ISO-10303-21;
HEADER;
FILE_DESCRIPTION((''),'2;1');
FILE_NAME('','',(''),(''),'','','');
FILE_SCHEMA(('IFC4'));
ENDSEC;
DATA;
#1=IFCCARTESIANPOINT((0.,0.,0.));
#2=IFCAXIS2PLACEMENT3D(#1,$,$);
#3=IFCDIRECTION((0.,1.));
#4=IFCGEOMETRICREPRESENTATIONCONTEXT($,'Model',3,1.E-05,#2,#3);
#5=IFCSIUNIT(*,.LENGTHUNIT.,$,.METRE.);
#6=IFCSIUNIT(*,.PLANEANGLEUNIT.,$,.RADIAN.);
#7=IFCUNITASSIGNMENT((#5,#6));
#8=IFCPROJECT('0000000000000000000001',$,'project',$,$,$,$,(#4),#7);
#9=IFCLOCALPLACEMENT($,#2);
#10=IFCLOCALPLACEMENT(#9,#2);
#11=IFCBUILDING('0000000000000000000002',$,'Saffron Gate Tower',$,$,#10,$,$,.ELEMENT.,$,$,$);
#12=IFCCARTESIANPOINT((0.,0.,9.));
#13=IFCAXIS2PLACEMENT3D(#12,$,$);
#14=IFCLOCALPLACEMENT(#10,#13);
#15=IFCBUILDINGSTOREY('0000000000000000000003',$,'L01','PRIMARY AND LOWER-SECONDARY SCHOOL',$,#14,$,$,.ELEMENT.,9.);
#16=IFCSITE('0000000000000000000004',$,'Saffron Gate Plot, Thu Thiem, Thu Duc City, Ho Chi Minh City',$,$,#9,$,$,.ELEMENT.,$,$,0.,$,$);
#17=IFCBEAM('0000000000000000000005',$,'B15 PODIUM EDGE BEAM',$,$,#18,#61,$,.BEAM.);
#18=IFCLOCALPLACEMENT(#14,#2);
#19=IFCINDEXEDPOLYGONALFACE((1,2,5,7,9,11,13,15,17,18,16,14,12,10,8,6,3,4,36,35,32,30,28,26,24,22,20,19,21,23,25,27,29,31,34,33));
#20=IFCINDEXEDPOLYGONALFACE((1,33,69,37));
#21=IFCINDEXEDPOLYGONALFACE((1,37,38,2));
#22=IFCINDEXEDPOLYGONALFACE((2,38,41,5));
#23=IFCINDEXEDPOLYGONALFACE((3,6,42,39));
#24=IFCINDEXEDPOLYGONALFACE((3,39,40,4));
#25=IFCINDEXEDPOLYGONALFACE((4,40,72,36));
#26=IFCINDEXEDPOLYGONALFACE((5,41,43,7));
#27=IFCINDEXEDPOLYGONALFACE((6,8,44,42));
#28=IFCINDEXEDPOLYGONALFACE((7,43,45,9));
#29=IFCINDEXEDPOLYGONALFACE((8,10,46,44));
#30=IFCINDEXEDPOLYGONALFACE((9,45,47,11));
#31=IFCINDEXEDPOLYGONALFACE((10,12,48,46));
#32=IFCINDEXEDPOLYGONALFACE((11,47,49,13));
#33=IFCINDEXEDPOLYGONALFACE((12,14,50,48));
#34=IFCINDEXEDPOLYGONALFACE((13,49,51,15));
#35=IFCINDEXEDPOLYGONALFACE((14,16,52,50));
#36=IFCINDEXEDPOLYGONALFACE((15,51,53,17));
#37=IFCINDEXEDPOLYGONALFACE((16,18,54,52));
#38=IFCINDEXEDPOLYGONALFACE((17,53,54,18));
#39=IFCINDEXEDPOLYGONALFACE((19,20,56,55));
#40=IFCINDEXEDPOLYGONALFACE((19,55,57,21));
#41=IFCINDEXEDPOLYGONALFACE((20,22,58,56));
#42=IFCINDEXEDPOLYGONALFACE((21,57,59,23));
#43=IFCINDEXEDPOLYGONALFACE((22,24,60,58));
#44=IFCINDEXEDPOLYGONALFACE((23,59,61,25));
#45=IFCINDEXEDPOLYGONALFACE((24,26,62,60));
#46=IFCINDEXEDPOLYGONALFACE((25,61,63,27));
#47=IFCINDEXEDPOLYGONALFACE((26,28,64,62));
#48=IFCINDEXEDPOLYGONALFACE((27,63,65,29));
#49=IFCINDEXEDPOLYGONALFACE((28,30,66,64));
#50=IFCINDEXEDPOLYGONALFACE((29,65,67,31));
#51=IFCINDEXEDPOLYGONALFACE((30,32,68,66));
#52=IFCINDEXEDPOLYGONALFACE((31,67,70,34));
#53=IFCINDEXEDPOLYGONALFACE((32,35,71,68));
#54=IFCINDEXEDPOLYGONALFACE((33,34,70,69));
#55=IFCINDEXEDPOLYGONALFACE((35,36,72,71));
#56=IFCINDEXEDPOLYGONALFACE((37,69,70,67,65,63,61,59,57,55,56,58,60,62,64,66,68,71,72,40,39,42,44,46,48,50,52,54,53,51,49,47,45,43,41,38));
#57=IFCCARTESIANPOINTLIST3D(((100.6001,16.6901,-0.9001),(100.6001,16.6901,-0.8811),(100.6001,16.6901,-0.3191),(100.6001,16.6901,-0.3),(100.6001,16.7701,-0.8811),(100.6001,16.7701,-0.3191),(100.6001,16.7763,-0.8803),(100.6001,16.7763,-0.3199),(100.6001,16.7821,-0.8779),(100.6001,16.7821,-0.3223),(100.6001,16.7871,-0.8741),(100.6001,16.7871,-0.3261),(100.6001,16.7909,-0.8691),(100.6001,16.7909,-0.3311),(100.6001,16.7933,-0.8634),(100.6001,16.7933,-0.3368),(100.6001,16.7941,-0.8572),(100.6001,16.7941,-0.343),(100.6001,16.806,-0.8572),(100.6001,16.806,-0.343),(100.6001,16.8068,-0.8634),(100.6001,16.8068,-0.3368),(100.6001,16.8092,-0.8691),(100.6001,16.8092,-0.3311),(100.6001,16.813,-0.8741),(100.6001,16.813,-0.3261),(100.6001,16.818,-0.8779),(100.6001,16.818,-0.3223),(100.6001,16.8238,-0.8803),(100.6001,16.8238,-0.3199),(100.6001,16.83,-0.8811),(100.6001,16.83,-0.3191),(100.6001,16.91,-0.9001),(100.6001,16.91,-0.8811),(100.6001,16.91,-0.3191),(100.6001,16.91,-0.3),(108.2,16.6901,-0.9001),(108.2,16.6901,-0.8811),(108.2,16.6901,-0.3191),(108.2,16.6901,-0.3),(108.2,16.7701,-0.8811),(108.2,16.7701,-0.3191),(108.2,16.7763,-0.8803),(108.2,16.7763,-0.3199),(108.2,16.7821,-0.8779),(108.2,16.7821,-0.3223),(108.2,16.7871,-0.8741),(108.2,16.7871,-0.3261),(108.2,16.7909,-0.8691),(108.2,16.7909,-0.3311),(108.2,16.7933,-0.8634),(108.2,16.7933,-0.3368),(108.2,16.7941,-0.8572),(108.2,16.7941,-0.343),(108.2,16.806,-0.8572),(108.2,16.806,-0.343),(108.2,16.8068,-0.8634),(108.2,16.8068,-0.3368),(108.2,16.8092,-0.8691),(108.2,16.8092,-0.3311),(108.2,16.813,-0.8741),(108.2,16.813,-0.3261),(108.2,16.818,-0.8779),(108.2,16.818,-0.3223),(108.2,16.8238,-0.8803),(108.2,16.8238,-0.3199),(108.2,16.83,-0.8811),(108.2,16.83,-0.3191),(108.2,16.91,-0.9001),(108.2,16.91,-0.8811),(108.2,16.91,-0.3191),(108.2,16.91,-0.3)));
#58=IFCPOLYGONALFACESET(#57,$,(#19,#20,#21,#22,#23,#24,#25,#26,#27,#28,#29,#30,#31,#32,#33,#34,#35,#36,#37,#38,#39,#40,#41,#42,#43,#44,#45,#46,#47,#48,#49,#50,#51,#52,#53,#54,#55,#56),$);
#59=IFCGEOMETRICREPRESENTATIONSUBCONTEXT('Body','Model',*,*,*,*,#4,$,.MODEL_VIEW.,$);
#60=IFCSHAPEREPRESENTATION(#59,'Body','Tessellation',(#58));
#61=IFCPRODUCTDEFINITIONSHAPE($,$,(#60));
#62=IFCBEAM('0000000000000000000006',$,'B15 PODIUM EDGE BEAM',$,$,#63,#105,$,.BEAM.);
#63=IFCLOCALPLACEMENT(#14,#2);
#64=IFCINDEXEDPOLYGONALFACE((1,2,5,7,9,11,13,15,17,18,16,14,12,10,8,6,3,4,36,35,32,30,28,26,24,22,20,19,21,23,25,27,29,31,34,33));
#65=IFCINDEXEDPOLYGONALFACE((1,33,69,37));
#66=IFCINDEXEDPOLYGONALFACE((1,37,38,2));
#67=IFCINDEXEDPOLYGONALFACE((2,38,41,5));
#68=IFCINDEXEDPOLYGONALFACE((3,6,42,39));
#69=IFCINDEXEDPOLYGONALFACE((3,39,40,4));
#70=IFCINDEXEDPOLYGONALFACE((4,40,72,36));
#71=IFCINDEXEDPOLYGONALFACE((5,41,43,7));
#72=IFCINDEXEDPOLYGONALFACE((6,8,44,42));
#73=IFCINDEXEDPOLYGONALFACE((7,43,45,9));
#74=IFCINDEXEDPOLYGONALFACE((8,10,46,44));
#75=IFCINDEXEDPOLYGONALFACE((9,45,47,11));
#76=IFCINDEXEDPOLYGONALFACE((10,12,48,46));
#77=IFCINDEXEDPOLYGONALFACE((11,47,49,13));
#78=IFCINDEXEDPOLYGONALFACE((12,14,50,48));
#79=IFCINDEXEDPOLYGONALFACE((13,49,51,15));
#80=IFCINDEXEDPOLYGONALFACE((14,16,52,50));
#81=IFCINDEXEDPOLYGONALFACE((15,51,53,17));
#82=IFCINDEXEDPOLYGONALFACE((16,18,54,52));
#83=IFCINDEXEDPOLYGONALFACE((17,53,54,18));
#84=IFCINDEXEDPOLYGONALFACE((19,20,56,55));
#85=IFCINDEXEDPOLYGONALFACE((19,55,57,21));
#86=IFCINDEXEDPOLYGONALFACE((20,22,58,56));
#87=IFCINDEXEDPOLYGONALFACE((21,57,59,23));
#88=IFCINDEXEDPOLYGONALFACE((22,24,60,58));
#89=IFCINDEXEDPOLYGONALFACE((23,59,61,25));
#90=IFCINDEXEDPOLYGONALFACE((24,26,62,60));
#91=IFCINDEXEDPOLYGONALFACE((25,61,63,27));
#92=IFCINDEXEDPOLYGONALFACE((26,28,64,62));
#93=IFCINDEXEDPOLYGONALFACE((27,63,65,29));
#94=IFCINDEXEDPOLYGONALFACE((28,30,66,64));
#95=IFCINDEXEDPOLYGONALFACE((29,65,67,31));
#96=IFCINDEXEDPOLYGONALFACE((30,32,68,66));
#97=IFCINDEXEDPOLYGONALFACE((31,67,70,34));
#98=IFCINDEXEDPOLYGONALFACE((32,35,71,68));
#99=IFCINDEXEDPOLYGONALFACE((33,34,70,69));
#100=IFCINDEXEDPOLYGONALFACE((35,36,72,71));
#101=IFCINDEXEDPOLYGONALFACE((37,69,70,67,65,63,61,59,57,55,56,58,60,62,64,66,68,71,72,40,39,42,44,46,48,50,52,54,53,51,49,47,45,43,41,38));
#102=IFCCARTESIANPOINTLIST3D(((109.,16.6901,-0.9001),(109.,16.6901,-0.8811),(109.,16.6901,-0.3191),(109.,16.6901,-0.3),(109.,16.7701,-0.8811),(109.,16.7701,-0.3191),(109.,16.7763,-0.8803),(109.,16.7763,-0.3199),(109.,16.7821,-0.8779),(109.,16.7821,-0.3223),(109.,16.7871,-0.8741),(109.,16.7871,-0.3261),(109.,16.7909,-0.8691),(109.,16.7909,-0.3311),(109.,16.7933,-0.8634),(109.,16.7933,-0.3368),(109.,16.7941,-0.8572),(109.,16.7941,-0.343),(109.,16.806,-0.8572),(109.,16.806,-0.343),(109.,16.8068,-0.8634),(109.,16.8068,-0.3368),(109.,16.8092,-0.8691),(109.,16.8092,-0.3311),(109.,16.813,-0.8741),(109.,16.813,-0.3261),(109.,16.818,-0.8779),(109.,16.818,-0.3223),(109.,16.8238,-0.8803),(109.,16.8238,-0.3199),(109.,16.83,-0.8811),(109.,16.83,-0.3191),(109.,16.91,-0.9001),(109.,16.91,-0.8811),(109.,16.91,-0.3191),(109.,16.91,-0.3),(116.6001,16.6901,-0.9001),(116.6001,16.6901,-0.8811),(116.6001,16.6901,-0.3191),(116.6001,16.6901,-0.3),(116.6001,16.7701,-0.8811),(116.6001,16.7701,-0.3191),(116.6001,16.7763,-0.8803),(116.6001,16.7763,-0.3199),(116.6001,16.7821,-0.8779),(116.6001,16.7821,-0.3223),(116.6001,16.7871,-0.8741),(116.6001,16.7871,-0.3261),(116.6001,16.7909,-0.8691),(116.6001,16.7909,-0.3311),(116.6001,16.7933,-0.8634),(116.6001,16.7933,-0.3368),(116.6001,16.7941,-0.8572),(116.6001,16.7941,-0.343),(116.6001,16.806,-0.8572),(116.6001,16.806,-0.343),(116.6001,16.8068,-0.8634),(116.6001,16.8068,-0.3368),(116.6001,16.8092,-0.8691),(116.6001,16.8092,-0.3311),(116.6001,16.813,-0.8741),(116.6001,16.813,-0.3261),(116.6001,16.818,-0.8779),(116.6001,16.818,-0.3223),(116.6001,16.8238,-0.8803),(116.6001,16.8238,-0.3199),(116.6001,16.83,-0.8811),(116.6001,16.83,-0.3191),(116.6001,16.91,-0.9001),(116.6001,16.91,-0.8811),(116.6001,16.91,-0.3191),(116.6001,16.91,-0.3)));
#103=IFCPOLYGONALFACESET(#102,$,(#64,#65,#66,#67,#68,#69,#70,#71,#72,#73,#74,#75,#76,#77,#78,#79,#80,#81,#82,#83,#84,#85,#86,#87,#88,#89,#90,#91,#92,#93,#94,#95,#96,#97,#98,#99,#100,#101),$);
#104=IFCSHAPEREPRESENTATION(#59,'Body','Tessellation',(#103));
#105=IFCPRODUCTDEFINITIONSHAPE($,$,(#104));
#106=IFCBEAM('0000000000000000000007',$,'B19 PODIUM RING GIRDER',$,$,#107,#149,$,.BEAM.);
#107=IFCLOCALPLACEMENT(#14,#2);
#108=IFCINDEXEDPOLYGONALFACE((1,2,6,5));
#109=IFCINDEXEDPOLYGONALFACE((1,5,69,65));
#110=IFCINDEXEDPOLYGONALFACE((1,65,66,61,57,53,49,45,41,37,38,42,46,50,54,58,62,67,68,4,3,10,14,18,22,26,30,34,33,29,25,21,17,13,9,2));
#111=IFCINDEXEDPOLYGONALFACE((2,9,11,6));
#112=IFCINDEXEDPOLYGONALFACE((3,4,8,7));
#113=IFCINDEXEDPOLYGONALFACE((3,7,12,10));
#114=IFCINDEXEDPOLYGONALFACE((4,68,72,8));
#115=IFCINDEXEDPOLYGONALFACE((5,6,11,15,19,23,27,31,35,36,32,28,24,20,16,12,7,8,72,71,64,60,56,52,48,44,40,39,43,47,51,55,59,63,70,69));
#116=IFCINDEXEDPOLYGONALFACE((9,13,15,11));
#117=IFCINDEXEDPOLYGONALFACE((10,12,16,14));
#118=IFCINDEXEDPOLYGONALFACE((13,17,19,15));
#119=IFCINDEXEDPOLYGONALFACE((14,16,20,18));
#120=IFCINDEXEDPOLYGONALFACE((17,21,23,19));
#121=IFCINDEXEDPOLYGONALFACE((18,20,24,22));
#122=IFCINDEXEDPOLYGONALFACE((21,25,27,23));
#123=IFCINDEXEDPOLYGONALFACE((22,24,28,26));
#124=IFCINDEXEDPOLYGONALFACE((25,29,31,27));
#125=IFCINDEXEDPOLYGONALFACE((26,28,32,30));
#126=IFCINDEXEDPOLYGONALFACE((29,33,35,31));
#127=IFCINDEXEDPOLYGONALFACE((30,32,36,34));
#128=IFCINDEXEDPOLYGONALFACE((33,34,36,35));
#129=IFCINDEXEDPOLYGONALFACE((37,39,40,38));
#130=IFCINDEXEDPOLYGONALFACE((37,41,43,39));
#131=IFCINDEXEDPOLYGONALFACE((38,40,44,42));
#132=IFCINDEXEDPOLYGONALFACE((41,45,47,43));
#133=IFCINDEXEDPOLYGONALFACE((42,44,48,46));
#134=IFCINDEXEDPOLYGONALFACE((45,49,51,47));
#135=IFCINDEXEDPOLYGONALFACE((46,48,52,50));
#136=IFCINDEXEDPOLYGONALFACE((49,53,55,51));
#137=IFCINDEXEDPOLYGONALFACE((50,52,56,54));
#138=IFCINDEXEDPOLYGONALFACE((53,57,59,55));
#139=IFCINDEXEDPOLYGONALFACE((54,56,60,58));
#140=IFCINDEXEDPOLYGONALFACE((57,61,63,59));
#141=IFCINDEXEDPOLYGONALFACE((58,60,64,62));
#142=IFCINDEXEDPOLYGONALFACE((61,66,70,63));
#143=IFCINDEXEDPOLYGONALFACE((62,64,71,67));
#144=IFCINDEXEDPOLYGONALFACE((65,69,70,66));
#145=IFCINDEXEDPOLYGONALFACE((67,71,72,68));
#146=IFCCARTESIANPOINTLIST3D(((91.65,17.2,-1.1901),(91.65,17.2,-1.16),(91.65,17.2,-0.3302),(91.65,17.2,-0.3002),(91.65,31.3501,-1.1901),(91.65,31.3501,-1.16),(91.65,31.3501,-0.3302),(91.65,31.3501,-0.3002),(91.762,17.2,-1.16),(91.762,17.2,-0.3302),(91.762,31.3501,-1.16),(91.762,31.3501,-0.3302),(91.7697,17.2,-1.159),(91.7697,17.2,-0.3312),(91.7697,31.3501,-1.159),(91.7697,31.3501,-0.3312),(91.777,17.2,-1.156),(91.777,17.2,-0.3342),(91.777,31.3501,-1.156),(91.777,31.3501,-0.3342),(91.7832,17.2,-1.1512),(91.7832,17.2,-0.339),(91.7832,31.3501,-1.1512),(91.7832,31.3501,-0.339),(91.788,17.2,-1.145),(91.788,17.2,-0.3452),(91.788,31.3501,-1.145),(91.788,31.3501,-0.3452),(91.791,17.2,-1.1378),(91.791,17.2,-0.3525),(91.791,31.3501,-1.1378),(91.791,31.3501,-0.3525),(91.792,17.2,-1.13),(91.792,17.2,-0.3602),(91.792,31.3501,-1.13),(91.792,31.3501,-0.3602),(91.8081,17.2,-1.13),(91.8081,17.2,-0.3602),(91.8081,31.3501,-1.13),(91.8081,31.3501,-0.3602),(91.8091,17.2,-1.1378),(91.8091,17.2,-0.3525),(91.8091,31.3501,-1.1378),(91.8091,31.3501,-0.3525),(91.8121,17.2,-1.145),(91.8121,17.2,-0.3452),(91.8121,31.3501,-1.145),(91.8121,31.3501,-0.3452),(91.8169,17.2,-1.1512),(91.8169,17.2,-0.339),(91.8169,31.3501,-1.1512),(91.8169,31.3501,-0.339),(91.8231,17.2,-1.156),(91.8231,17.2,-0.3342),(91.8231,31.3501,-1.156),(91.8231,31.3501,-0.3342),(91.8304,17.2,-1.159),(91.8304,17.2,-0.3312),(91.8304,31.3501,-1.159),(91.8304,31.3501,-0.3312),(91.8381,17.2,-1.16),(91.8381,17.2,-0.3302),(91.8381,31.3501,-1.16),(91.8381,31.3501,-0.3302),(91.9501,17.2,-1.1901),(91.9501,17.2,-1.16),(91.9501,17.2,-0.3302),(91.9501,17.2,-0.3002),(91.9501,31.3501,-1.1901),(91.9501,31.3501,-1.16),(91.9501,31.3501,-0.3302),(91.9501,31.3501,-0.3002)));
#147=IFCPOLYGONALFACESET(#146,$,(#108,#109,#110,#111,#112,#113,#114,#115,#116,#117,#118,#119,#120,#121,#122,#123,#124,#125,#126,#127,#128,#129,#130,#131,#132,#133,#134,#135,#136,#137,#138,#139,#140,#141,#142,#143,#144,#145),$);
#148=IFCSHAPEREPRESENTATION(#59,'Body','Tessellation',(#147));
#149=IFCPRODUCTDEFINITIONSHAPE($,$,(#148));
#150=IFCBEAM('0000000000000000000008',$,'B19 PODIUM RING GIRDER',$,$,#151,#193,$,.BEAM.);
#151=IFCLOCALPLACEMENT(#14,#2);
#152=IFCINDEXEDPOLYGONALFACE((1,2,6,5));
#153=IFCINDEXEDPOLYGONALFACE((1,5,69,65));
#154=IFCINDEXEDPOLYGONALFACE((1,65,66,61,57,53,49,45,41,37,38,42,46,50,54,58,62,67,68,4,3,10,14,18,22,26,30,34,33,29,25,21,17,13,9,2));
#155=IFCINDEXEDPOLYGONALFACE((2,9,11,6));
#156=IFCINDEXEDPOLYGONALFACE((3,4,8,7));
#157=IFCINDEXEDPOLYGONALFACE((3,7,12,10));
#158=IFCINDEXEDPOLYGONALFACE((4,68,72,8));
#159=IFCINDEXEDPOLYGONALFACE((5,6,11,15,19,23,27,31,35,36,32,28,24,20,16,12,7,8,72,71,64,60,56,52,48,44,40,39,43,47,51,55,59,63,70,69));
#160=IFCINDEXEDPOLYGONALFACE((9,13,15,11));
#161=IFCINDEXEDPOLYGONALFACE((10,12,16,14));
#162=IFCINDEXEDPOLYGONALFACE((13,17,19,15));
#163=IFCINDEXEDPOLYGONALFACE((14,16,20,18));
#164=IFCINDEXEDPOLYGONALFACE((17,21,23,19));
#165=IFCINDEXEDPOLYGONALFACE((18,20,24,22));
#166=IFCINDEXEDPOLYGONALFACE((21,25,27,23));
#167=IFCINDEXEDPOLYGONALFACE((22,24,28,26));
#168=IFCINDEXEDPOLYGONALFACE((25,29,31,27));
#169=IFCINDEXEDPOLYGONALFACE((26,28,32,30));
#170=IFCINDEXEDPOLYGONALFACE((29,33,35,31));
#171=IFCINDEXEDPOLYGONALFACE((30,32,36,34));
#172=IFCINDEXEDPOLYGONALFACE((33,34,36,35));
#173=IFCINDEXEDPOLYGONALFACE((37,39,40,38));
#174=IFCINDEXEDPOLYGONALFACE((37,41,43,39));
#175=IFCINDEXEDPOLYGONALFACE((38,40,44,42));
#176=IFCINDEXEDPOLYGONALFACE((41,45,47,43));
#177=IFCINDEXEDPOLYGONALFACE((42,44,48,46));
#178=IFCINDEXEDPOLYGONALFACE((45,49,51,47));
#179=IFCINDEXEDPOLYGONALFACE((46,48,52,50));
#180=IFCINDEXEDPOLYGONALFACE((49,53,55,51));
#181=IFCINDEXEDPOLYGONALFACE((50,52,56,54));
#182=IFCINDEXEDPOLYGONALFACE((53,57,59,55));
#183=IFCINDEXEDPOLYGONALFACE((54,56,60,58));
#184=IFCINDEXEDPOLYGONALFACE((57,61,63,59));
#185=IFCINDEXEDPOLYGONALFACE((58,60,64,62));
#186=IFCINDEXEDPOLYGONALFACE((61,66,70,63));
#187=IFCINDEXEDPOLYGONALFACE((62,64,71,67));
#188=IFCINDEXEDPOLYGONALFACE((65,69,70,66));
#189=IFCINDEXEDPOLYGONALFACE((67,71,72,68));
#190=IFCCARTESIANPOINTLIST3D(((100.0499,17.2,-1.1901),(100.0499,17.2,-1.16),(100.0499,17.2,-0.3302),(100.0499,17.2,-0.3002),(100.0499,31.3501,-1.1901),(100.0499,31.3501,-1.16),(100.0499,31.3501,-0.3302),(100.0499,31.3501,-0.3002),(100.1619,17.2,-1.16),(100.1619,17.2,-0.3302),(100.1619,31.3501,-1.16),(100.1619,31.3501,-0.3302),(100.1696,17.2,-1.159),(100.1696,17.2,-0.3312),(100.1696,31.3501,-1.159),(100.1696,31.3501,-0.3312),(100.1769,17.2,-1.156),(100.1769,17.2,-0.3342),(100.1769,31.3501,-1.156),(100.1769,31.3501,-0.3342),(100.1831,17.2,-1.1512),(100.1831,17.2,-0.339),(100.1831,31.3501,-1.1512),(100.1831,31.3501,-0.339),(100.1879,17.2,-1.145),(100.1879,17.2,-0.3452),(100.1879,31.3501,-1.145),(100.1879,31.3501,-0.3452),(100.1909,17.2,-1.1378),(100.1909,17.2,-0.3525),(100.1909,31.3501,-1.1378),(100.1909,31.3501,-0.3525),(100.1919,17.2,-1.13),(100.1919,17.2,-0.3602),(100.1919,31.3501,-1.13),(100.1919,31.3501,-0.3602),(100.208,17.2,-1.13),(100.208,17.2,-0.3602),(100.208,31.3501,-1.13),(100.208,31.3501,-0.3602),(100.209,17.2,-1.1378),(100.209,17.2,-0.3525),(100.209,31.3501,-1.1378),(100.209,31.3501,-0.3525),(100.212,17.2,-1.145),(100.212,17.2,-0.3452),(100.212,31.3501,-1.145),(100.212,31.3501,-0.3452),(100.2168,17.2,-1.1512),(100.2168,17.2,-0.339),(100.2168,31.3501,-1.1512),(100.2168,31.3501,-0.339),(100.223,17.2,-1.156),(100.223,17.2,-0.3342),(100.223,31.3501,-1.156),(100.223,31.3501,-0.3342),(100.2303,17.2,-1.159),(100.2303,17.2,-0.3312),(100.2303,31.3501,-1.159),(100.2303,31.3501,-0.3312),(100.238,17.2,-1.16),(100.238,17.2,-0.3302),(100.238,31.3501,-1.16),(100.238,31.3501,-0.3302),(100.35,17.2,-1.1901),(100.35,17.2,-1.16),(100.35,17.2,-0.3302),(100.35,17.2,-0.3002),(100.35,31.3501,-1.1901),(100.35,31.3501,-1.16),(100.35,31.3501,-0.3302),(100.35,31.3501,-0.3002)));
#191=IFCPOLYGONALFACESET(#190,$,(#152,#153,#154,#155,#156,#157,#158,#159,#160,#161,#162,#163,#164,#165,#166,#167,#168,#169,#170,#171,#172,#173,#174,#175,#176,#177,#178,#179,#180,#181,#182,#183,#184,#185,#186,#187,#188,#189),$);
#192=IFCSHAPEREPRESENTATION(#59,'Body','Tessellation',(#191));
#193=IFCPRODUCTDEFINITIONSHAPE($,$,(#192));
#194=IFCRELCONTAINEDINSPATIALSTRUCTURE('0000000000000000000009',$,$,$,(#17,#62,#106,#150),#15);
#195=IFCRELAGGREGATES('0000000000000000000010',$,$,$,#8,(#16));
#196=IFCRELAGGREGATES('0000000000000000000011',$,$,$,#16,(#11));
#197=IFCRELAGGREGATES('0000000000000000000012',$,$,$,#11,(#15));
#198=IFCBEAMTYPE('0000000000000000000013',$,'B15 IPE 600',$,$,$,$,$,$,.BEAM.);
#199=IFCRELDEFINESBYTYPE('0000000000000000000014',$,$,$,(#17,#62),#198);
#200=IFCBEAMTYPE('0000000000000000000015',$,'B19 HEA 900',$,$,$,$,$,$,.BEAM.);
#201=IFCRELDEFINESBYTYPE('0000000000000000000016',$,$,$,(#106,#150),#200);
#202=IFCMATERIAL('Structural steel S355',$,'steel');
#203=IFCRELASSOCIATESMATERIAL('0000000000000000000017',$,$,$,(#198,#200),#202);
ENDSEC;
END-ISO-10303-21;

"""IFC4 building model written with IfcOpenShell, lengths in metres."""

from ifc_helpers import new_model, si_unit, direction, frame, origin, origin_2d, place, context, subcontext, project, spatial, i_section, extrude, material, material_profile, profile_set, type_object, element, save


model = new_model("IFC4")

# Units and contexts
model_context = context("Model", 3, precision=1e-05, world=origin(), true_north=direction((0.0, 1.0)))
body_context = subcontext(model_context, "Body", "Model", "MODEL_VIEW")
ifc_project = project(units=[si_unit("LENGTHUNIT", "METRE"), si_unit("PLANEANGLEUNIT", "RADIAN")], contexts=[model_context])

# Site, building, storey
site_placement = place(None, origin())
site = spatial("IfcSite", under=ifc_project, at=site_placement, Name="Saffron Gate Plot, Thu Thiem, Thu Duc City, Ho Chi Minh City", CompositionType="ELEMENT", RefElevation=0.0)
building_placement = place(site_placement, origin())
building = spatial("IfcBuilding", under=site, at=building_placement, Name="Saffron Gate Tower", CompositionType="ELEMENT")
storey_placement = place(building_placement, frame((0.0, 0.0, 9.0)))
storey = spatial("IfcBuildingStorey", under=building, at=storey_placement, Name="L01", Description="PRIMARY AND LOWER-SECONDARY SCHOOL", CompositionType="ELEMENT", Elevation=9.0)

# Beams
ifc_material_1 = material(Name="Structural steel S355", Category="steel")
ifc_material_profile_1 = material_profile(ifc_material_1, i_section(OverallWidth=0.22, OverallDepth=0.6001, WebThickness=0.012, FlangeThickness=0.019, FilletRadius=0.0239, at=origin_2d()))
ifc_profile_set_1 = profile_set([ifc_material_profile_1], Name="Structural steel S355")
beam_type_1 = type_object("IfcBeamType", Name="B15 IPE 600", PredefinedType="BEAM", material=ifc_profile_set_1)
beam_1_placement = place(storey_placement, frame((100.6001, 16.8, -0.6001), z_axis=(1.0, 0.0, 0.0), x_axis=(0.0, 1.0, 0.0)))
element("IfcBeam", 1, at=beam_1_placement, inside=storey, type_object=beam_type_1, Name="B15 PODIUM EDGE BEAM", PredefinedType="BEAM", context=body_context, shape_type="SweptSolid", body=[
    extrude(i_section(OverallWidth=0.22, OverallDepth=0.6001, WebThickness=0.012, FlangeThickness=0.019, FilletRadius=0.0239, at=origin_2d()), origin(), (0.0, 0.0, 1.0), 7.5999),
])
beam_2_placement = place(storey_placement, frame((109.0, 16.8, -0.6001), z_axis=(1.0, 0.0, 0.0), x_axis=(0.0, 1.0, 0.0)))
element("IfcBeam", 2, at=beam_2_placement, inside=storey, type_object=beam_type_1, Name="B15 PODIUM EDGE BEAM", PredefinedType="BEAM", context=body_context, shape_type="SweptSolid", body=[
    extrude(i_section(OverallWidth=0.22, OverallDepth=0.6001, WebThickness=0.012, FlangeThickness=0.019, FilletRadius=0.0239, at=origin_2d()), origin(), (0.0, 0.0, 1.0), 7.6001),
])
ifc_material_profile_2 = material_profile(ifc_material_1, i_section(OverallWidth=0.3, OverallDepth=0.8899, WebThickness=0.0161, FlangeThickness=0.03, FilletRadius=0.03, at=origin_2d()))
ifc_profile_set_2 = profile_set([ifc_material_profile_2], Name="Structural steel S355")
beam_type_2 = type_object("IfcBeamType", Name="B19 HEA 900", PredefinedType="BEAM", material=ifc_profile_set_2)
for number, where, z_axis, x_axis, name in (
    (3, (91.8, 17.2, -0.7451), (0.0, 1.0, 0.0), (-1.0, 0.0, 0.0), "B19 PODIUM RING GIRDER"),
    (4, (100.2, 17.2, -0.7451), (0.0, 1.0, 0.0), (-1.0, 0.0, 0.0), "B19 PODIUM RING GIRDER"),
):
    element("IfcBeam", number, at=place(storey_placement, frame(where, z_axis=z_axis, x_axis=x_axis)), inside=storey, type_object=beam_type_2, Name=name, PredefinedType="BEAM", context=body_context, shape_type="SweptSolid", body=[
        extrude(i_section(OverallWidth=0.3, OverallDepth=0.8899, WebThickness=0.0161, FlangeThickness=0.03, FilletRadius=0.03, at=origin_2d()), origin(), (0.0, 0.0, 1.0), 14.1501),
    ])

save(model, "model.ifc")
